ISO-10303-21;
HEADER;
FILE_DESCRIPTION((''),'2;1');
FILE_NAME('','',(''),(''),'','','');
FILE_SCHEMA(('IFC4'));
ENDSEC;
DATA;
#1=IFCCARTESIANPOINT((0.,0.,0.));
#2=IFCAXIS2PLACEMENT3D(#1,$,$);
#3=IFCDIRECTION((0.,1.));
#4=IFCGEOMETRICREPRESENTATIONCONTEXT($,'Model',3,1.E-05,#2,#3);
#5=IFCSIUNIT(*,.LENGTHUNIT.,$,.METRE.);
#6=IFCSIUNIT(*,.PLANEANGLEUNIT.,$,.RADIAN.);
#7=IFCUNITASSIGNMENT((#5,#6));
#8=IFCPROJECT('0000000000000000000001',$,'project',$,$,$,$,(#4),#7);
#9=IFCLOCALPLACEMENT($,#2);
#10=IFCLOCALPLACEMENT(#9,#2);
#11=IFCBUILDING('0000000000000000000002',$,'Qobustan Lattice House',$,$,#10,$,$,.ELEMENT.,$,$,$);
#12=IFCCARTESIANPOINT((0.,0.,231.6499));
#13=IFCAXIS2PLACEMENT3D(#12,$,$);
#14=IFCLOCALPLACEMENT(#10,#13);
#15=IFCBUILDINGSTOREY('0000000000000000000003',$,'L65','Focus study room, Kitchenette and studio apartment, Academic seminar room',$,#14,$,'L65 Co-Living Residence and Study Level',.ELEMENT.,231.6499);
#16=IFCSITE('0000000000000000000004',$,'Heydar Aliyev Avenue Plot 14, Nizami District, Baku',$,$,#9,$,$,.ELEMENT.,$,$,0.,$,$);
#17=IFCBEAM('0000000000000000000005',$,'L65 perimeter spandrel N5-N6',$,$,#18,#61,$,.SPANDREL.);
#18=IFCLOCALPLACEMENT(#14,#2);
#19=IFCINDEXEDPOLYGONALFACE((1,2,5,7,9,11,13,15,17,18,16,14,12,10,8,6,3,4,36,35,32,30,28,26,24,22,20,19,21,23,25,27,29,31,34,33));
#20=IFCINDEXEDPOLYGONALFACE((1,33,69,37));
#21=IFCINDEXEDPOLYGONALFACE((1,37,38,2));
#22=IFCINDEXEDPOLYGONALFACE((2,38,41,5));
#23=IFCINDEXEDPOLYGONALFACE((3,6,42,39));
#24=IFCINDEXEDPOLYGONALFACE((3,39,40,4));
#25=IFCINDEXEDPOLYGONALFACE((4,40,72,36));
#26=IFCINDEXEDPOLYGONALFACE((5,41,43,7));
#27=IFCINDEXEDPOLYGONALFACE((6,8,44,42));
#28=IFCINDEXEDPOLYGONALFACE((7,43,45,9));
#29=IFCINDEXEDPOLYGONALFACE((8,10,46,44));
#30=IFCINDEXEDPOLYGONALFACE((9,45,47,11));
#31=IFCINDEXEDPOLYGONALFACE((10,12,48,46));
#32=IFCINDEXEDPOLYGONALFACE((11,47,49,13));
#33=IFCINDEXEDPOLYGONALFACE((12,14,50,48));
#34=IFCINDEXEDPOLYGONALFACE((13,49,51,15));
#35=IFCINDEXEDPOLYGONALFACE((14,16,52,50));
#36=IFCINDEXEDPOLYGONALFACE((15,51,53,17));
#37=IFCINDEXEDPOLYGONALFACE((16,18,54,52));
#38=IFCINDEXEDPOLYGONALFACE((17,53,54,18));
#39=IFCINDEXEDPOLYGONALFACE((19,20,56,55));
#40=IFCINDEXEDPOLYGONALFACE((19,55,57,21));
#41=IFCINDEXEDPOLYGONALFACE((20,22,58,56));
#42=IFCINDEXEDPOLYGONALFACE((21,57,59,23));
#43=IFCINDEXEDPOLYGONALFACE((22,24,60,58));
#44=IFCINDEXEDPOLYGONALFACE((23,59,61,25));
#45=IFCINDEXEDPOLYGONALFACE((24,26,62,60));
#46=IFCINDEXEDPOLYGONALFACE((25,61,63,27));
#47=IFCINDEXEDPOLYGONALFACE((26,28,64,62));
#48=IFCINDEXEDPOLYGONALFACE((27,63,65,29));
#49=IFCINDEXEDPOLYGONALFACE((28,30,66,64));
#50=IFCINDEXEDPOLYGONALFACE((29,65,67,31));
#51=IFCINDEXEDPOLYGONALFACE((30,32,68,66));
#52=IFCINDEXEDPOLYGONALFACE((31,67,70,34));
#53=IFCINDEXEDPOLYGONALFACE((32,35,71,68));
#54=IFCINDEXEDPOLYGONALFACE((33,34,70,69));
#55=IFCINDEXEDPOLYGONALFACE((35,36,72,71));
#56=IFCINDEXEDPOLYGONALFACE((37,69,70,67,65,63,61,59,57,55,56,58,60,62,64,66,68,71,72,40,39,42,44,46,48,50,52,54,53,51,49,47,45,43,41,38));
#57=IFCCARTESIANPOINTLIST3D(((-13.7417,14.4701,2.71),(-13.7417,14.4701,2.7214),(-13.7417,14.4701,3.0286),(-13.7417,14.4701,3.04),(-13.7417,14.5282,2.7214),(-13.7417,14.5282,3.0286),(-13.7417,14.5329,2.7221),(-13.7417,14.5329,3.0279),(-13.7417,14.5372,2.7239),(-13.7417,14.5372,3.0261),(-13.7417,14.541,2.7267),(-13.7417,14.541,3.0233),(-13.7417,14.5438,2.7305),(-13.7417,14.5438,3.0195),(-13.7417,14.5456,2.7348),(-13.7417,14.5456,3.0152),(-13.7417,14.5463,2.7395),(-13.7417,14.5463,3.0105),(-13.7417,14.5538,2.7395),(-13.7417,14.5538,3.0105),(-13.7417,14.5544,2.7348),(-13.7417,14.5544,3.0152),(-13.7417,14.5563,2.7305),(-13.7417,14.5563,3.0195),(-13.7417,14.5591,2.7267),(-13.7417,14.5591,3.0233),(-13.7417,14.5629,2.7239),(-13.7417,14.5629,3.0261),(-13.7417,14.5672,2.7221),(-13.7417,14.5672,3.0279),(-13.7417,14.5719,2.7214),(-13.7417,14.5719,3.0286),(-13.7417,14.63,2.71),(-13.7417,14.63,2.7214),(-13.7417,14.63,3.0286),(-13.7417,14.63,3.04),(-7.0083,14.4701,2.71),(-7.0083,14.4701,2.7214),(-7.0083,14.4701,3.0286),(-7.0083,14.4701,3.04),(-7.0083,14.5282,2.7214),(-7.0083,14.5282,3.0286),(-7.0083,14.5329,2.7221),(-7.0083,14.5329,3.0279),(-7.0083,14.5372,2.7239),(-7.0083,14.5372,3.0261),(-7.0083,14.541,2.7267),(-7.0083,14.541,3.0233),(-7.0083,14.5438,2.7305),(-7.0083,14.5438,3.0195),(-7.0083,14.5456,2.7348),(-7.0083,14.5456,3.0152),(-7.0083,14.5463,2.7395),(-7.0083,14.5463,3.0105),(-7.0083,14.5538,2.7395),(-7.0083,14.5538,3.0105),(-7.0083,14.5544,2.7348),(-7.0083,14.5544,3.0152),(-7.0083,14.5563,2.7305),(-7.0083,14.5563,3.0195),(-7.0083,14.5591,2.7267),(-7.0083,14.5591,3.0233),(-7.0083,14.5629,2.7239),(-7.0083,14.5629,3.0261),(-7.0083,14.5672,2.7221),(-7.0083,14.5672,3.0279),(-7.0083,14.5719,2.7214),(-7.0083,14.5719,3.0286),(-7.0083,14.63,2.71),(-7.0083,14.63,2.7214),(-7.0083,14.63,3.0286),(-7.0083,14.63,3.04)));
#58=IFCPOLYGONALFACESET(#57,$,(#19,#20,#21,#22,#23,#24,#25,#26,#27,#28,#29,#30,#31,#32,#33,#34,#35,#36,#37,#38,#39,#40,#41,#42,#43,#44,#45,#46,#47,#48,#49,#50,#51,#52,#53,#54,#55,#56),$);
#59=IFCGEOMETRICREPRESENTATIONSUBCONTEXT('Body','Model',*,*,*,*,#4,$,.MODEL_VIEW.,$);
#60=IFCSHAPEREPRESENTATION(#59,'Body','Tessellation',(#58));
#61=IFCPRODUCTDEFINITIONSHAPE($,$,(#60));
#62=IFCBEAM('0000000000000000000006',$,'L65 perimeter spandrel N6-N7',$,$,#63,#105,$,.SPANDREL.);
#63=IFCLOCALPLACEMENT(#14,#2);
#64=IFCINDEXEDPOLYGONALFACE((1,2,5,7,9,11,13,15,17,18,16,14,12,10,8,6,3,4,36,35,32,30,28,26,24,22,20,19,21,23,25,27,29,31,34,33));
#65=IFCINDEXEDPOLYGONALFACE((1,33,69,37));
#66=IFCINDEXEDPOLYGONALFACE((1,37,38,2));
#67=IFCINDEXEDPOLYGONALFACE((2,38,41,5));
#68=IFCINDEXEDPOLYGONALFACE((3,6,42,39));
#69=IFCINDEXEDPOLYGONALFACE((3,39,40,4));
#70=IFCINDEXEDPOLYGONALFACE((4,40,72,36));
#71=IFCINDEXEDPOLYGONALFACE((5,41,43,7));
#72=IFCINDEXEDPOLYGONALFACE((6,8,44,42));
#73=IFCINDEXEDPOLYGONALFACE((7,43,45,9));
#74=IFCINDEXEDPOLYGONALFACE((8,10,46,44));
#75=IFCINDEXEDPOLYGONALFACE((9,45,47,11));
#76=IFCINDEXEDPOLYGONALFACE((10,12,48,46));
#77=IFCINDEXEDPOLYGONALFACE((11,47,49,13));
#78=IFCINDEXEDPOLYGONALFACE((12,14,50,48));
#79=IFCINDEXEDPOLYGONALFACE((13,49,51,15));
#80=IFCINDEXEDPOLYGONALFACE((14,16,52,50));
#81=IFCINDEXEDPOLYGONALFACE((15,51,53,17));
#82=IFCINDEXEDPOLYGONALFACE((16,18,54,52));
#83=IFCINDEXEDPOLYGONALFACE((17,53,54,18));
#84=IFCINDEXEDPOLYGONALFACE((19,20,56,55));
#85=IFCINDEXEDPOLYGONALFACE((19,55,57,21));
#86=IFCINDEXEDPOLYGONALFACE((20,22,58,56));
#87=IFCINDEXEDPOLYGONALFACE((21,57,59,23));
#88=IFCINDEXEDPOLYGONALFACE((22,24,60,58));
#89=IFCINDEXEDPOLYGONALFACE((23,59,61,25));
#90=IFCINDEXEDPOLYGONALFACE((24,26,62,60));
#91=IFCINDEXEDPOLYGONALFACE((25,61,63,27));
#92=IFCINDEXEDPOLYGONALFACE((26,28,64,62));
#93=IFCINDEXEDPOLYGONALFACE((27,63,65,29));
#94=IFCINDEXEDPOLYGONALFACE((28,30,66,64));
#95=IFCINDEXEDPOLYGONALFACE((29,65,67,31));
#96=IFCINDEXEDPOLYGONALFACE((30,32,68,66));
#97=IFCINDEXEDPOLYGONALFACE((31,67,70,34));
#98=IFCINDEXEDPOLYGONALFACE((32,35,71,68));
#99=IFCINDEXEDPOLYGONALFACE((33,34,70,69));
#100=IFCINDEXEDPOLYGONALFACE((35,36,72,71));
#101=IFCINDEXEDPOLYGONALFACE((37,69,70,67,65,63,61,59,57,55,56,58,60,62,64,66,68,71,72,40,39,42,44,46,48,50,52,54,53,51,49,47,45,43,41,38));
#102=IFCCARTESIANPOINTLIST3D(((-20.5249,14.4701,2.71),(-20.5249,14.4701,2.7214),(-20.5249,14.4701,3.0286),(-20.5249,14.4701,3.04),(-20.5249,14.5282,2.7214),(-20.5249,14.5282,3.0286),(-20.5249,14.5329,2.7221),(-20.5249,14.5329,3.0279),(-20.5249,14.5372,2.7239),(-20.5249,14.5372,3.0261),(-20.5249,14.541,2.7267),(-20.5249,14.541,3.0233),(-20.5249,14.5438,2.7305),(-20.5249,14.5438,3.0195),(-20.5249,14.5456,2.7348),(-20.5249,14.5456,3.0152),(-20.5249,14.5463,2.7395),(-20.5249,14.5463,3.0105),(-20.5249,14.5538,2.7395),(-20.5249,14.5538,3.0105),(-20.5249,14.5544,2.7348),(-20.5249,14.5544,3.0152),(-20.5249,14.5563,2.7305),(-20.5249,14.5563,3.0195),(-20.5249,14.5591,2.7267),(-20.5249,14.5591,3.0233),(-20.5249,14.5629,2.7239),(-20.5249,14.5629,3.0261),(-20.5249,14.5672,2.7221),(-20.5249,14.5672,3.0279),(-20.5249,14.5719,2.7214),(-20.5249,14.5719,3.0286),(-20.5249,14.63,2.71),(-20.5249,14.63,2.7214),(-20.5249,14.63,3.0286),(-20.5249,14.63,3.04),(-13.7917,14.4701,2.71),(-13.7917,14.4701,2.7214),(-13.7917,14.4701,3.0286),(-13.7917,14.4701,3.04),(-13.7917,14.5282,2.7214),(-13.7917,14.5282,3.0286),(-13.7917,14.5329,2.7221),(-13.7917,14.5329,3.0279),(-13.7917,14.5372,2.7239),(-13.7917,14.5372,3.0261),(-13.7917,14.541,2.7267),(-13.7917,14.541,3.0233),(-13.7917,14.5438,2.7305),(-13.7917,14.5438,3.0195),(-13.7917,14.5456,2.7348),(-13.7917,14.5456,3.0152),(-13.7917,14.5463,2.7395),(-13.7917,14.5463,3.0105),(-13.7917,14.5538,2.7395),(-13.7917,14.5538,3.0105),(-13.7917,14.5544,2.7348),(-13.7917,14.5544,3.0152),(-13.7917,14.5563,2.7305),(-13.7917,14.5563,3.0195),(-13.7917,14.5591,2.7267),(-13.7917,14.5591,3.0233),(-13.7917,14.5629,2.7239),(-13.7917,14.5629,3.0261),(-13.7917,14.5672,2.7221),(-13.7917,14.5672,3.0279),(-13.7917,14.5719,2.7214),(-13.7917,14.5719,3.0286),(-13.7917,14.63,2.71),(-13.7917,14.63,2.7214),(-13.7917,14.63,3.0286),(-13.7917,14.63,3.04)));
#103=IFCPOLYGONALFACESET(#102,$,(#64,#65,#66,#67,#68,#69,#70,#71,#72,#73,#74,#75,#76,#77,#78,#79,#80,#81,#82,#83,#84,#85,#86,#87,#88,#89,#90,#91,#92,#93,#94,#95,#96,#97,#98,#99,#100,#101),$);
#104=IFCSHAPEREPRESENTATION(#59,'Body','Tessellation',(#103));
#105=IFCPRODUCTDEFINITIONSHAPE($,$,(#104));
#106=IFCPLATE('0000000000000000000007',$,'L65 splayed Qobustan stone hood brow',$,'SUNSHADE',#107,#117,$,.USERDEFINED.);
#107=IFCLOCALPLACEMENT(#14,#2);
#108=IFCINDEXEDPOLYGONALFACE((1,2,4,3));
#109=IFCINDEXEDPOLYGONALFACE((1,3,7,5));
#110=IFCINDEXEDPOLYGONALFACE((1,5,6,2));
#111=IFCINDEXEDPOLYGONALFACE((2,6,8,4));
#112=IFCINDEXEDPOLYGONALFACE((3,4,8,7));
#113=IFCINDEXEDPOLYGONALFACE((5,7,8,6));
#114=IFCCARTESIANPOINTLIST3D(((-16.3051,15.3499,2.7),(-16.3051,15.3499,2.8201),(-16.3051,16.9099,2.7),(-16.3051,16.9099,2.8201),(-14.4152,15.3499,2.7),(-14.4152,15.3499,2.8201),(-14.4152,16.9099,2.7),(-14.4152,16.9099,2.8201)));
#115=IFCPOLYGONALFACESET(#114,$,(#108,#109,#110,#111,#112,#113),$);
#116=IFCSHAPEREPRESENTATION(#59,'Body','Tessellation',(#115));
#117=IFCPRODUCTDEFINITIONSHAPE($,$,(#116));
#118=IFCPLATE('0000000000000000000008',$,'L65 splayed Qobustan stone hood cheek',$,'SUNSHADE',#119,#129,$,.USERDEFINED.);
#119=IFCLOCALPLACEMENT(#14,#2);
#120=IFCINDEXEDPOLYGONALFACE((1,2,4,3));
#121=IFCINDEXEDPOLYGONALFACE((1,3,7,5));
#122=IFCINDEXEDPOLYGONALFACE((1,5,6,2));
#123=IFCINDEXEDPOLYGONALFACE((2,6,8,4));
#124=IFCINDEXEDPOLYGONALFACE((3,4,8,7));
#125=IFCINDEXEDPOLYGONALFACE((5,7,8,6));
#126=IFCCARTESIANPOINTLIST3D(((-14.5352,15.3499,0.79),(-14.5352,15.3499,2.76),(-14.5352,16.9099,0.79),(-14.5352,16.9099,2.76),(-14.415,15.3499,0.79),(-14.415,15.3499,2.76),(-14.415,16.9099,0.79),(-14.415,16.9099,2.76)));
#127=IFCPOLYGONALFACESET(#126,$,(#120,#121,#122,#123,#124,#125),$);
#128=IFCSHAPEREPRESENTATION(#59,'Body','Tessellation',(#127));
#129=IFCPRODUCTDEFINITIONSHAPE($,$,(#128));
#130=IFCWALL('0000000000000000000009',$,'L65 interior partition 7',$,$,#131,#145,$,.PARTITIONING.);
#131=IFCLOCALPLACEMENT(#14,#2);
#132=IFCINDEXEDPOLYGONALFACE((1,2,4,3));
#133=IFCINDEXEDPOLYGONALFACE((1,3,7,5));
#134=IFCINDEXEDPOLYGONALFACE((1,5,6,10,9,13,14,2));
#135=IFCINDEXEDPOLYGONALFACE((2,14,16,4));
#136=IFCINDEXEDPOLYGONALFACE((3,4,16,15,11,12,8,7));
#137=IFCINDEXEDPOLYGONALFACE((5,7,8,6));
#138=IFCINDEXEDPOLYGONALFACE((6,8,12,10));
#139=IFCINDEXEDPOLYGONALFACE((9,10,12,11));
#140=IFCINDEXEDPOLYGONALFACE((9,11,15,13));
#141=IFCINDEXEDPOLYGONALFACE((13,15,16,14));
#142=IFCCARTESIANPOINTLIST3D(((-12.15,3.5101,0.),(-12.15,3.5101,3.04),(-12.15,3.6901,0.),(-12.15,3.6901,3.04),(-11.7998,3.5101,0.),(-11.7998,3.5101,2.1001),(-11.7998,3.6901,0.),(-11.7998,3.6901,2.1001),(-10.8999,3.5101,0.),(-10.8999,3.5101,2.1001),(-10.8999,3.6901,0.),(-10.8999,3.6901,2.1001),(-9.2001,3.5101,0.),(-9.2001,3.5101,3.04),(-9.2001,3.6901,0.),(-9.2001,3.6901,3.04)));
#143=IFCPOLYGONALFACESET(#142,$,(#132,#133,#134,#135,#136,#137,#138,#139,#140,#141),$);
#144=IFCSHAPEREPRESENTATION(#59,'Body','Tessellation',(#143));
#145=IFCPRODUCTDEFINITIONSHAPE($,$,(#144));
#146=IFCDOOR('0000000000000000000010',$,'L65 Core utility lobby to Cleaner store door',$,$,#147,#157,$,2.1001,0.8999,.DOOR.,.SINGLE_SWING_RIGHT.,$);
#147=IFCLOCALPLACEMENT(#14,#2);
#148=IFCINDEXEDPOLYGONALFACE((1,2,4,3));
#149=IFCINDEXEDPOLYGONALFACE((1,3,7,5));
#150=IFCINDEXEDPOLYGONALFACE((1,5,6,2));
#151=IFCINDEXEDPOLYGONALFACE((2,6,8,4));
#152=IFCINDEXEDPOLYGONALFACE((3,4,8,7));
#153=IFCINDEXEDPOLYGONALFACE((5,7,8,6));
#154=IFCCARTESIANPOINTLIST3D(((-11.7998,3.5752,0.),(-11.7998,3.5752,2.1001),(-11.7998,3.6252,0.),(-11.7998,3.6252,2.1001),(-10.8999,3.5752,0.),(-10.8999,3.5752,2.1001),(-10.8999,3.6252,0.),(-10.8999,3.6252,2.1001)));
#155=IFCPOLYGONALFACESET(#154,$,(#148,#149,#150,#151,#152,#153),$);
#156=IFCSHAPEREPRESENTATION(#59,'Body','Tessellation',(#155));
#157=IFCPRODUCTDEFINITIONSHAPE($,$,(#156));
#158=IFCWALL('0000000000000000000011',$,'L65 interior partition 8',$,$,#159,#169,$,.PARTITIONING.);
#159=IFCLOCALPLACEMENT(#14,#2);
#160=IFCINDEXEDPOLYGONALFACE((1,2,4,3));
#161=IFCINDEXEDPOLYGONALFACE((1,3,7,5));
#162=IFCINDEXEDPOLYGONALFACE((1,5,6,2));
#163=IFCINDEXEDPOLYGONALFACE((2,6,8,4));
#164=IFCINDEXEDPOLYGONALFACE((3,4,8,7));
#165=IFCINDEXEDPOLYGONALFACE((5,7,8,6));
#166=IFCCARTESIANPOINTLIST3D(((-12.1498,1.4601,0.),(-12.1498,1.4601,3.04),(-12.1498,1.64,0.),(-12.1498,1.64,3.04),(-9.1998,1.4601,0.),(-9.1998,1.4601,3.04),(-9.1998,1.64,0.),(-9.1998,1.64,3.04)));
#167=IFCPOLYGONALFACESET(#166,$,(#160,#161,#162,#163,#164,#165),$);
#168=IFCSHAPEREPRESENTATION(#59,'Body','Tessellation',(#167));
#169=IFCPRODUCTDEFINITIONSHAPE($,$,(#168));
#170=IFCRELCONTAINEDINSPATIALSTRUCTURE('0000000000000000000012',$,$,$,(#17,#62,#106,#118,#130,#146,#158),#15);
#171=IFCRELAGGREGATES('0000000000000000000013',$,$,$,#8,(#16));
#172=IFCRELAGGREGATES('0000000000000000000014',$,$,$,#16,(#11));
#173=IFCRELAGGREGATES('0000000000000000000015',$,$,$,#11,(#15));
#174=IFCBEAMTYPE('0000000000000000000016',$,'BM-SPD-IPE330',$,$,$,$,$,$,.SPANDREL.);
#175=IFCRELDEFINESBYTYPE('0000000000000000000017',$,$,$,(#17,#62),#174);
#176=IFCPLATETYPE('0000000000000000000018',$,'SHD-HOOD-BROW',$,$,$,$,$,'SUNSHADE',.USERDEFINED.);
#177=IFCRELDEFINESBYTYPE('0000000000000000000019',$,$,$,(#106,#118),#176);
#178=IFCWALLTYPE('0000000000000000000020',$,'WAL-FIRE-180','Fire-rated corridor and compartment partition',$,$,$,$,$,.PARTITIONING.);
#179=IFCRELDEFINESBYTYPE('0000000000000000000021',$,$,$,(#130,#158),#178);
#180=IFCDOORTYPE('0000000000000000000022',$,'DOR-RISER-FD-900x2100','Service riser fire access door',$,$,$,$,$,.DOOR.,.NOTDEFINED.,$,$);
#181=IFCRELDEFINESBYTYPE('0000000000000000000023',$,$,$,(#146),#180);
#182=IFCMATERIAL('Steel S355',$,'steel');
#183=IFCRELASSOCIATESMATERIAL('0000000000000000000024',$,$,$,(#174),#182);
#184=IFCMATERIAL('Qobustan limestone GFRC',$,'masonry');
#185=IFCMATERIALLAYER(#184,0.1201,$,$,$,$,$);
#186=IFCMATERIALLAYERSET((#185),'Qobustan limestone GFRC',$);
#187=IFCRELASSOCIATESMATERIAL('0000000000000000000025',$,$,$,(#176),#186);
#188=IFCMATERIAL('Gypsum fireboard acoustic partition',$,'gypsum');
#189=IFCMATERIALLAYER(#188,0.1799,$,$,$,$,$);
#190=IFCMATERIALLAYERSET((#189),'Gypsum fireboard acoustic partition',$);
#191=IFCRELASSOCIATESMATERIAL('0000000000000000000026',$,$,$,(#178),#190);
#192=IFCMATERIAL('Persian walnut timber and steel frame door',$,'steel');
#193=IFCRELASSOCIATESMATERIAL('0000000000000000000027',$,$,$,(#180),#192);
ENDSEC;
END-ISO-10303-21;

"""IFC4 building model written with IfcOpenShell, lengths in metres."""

from ifc_helpers import new_model, si_unit, direction, frame, frame_2d, origin, origin_2d, place, context, subcontext, project, spatial, rectangle, i_section, extrude, material, layer, layer_set, material_profile, profile_set, type_object, element, fill, save


model = new_model("IFC4")

# Units and contexts
model_context = context("Model", 3, precision=1e-05, world=origin(), true_north=direction((0.0, 1.0)))
body_context = subcontext(model_context, "Body", "Model", "MODEL_VIEW")
ifc_project = project(units=[si_unit("LENGTHUNIT", "METRE"), si_unit("PLANEANGLEUNIT", "RADIAN")], contexts=[model_context])

# Site, building, storey
site_placement = place(None, origin())
site = spatial("IfcSite", under=ifc_project, at=site_placement, Name="Heydar Aliyev Avenue Plot 14, Nizami District, Baku", CompositionType="ELEMENT", RefElevation=0.0)
building_placement = place(site_placement, origin())
building = spatial("IfcBuilding", under=site, at=building_placement, Name="Qobustan Lattice House", CompositionType="ELEMENT")
storey_placement = place(building_placement, frame((0.0, 0.0, 231.6499)))
storey = spatial("IfcBuildingStorey", under=building, at=storey_placement, Name="L65", Description="Focus study room, Kitchenette and studio apartment, Academic seminar room", LongName="L65 Co-Living Residence and Study Level", CompositionType="ELEMENT", Elevation=231.6499)

# Beams
ifc_material_1 = material(Name="Steel S355", Category="steel")
ifc_material_profile_1 = material_profile(ifc_material_1, i_section(OverallWidth=0.1599, OverallDepth=0.3301, WebThickness=0.0076, FlangeThickness=0.0115, FilletRadius=0.0181, at=origin_2d()), Name="IPE330")
ifc_profile_set_1 = profile_set([ifc_material_profile_1], Name="Steel S355")
beam_type_1 = type_object("IfcBeamType", Name="BM-SPD-IPE330", PredefinedType="SPANDREL", material=ifc_profile_set_1)
beam_1_placement = place(storey_placement, frame((-7.0083, 14.55, 2.875), z_axis=(-1.0, 0.0, 0.0), x_axis=(0.0, -1.0, 0.0)))
element("IfcBeam", 1, at=beam_1_placement, inside=storey, type_object=beam_type_1, Name="L65 perimeter spandrel N5-N6", PredefinedType="SPANDREL", context=body_context, shape_type="SweptSolid", body=[
    extrude(i_section(OverallWidth=0.1599, OverallDepth=0.3301, WebThickness=0.0076, FlangeThickness=0.0115, FilletRadius=0.0181, at=origin_2d()), origin(), (0.0, 0.0, 1.0), 6.7334),
])
beam_2_placement = place(storey_placement, frame((-13.7917, 14.55, 2.875), z_axis=(-1.0, 0.0, 0.0), x_axis=(0.0, -1.0, 0.0)))
element("IfcBeam", 2, at=beam_2_placement, inside=storey, type_object=beam_type_1, Name="L65 perimeter spandrel N6-N7", PredefinedType="SPANDREL", context=body_context, shape_type="SweptSolid", body=[
    extrude(i_section(OverallWidth=0.1599, OverallDepth=0.3301, WebThickness=0.0076, FlangeThickness=0.0115, FilletRadius=0.0181, at=origin_2d()), origin(), (0.0, 0.0, 1.0), 6.7332),
])

# Plates
ifc_material_2 = material(Name="Qobustan limestone GFRC", Category="masonry")
ifc_layer_1 = layer(ifc_material_2, 0.1201)
ifc_layer_set_1 = layer_set([ifc_layer_1], Name="Qobustan limestone GFRC")
plate_type = type_object("IfcPlateType", Name="SHD-HOOD-BROW", ElementType="SUNSHADE", PredefinedType="USERDEFINED", material=ifc_layer_set_1)
plate_1_placement = place(storey_placement, frame((-15.3601, 16.1299, 2.7), z_axis=(0.0, 0.0, 1.0), x_axis=(1.0, 0.0, 0.0)))
element("IfcPlate", 3, at=plate_1_placement, inside=storey, type_object=plate_type, Name="L65 splayed Qobustan stone hood brow", ObjectType="SUNSHADE", PredefinedType="USERDEFINED", context=body_context, shape_type="SweptSolid", body=[
    extrude(rectangle(XDim=1.8899, YDim=1.5601, at=origin_2d()), origin(), (0.0, 0.0, 1.0), 0.1201),
])
plate_2_placement = place(storey_placement, frame((-14.4751, 16.1299, 0.79), z_axis=(0.0, 0.0, 1.0), x_axis=(1.0, 0.0, 0.0)))
element("IfcPlate", 4, at=plate_2_placement, inside=storey, type_object=plate_type, Name="L65 splayed Qobustan stone hood cheek", ObjectType="SUNSHADE", PredefinedType="USERDEFINED", context=body_context, shape_type="SweptSolid", body=[
    extrude(rectangle(XDim=0.1201, YDim=1.5601, at=origin_2d()), origin(), (0.0, 0.0, 1.0), 1.97),
])

# Wall, opening, door
ifc_material_3 = material(Name="Gypsum fireboard acoustic partition", Category="gypsum")
ifc_layer_2 = layer(ifc_material_3, 0.1799)
ifc_layer_set_2 = layer_set([ifc_layer_2], Name="Gypsum fireboard acoustic partition")
wall_type_1 = type_object("IfcWallType", Name="WAL-FIRE-180", Description="Fire-rated corridor and compartment partition", PredefinedType="PARTITIONING", material=ifc_layer_set_2)
wall_1_placement = place(storey_placement, frame((-9.2, 3.6001, 0.0), z_axis=(0.0, 0.0, 1.0), x_axis=(-1.0, 0.0, 0.0)))
wall_1 = element("IfcWall", 5, at=wall_1_placement, inside=storey, type_object=wall_type_1, Name="L65 interior partition 7", PredefinedType="PARTITIONING", context=body_context, shape_type="SweptSolid", body=[
    extrude(rectangle(XDim=2.95, YDim=0.1799, at=frame_2d((1.4751, 0.0))), origin(), (0.0, 0.0, 1.0), 3.04),
])
opening_1_placement = place(wall_1_placement, frame((1.7, 0.0, 0.0)))
opening_1 = element("IfcOpeningElement", 6, at=opening_1_placement, cuts=wall_1, PredefinedType="OPENING", context=body_context, shape_type="SweptSolid", body=[
    extrude(rectangle(XDim=0.8999, YDim=2.1001, at=frame_2d((0.45, 1.05))), frame((0.0, 0.0999, 0.0), z_axis=(0.0, -1.0, 0.0), x_axis=(1.0, 0.0, 0.0)), (0.0, 0.0, 1.0), 0.2),
])
ifc_material_4 = material(Name="Persian walnut timber and steel frame door", Category="steel")
door_type_1 = type_object("IfcDoorType", Name="DOR-RISER-FD-900x2100", Description="Service riser fire access door", OperationType="NOTDEFINED", PredefinedType="DOOR", material=ifc_material_4)
door_1_placement = place(opening_1_placement, origin())
door_1 = element("IfcDoor", 7, at=door_1_placement, inside=storey, type_object=door_type_1, Name="L65 Core utility lobby to Cleaner store door", OperationType="SINGLE_SWING_RIGHT", OverallHeight=2.1001, OverallWidth=0.8999, PredefinedType="DOOR", context=body_context, shape_type="SweptSolid", body=[
    extrude(rectangle(XDim=0.8999, YDim=2.1001, at=frame_2d((0.45, 1.05))), frame((0.0, 0.0249, 0.0), z_axis=(0.0, -1.0, 0.0), x_axis=(1.0, 0.0, 0.0)), (0.0, 0.0, 1.0), 0.05),
])
fill(opening_1, door_1)

# Wall
wall_2_placement = place(storey_placement, frame((-12.1499, 1.55, 0.0), z_axis=(0.0, 0.0, 1.0), x_axis=(1.0, 0.0, 0.0)))
element("IfcWall", 8, at=wall_2_placement, inside=storey, type_object=wall_type_1, Name="L65 interior partition 8", PredefinedType="PARTITIONING", context=body_context, shape_type="SweptSolid", body=[
    extrude(rectangle(XDim=2.95, YDim=0.1799, at=frame_2d((1.4751, 0.0))), origin(), (0.0, 0.0, 1.0), 3.04),
])

save(model, "model.ifc")
